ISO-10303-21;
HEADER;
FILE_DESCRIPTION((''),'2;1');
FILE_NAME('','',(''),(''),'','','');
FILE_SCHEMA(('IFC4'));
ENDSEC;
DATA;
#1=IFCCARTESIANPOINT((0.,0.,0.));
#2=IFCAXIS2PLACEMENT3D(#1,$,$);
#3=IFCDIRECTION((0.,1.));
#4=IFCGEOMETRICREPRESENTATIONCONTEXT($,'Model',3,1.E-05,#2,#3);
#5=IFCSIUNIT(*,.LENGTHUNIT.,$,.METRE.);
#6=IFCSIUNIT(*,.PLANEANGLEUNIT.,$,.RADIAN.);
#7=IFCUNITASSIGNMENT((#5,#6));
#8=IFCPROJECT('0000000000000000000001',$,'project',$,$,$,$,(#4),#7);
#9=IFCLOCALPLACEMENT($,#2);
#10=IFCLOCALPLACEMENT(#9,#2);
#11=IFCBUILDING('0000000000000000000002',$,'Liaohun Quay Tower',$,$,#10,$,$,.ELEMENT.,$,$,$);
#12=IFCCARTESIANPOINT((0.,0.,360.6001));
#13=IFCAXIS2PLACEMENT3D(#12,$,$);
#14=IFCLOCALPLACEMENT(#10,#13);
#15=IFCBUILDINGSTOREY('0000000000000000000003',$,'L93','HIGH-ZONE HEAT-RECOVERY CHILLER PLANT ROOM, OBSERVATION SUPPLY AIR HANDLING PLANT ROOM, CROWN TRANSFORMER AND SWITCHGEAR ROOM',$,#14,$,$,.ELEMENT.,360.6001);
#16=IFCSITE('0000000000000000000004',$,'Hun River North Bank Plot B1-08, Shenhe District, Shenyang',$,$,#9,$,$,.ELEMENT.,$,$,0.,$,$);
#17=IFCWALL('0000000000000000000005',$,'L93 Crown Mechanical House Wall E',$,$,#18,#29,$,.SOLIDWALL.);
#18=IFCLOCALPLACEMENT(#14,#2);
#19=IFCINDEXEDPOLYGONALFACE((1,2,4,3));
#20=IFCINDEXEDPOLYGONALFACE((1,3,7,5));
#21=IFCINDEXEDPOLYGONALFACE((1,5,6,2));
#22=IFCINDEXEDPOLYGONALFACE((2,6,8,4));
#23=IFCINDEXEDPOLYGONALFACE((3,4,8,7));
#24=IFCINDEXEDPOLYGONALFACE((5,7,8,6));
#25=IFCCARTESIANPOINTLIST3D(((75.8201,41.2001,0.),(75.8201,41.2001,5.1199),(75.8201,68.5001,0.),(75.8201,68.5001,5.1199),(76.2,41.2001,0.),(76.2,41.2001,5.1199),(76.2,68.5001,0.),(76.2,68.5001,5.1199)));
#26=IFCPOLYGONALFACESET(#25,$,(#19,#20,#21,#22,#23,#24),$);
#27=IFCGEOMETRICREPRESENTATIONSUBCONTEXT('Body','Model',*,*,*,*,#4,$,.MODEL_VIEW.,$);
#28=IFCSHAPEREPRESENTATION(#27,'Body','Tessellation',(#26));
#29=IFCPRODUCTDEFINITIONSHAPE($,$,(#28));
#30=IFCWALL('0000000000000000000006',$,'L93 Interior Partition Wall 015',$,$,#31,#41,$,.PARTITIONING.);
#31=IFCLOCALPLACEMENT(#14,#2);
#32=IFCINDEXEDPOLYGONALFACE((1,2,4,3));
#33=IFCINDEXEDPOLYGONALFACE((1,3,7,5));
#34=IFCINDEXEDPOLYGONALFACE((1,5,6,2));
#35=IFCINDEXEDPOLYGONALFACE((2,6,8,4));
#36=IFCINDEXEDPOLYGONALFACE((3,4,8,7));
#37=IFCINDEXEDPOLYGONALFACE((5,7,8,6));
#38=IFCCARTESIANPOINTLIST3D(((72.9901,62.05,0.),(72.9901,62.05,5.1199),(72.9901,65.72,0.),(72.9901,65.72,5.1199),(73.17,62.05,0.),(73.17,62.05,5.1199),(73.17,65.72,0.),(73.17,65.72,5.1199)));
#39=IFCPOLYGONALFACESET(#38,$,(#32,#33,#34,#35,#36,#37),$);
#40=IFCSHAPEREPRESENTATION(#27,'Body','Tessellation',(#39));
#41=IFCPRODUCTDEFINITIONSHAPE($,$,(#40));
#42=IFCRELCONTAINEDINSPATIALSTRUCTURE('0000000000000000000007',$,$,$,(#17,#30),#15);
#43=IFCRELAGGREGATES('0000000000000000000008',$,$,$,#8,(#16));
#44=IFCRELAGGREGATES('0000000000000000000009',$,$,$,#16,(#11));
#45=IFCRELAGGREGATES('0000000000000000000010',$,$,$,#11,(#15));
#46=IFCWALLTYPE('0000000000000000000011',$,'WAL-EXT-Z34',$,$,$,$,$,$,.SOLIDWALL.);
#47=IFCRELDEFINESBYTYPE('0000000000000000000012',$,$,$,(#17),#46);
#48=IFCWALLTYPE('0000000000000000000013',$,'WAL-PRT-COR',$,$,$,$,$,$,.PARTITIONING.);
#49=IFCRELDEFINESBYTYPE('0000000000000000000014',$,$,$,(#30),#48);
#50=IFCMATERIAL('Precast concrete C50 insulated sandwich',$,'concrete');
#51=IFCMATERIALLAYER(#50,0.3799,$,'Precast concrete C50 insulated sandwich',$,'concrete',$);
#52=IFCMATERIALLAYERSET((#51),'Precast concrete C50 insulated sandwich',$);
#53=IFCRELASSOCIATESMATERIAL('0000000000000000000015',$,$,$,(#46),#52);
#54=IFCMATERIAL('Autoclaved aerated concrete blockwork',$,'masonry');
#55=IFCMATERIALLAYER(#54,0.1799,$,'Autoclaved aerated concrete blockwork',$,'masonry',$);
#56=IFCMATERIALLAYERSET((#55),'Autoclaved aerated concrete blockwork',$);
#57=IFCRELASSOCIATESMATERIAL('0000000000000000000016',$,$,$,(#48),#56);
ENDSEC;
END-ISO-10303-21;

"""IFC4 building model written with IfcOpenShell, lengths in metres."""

from ifc_helpers import new_model, si_unit, direction, frame, frame_2d, origin, place, context, subcontext, project, spatial, rectangle, extrude, material, layer, layer_set, type_object, element, save


model = new_model("IFC4")

# Units and contexts
model_context = context("Model", 3, precision=1e-05, world=origin(), true_north=direction((0.0, 1.0)))
body_context = subcontext(model_context, "Body", "Model", "MODEL_VIEW")
ifc_project = project(units=[si_unit("LENGTHUNIT", "METRE"), si_unit("PLANEANGLEUNIT", "RADIAN")], contexts=[model_context])

# Site, building, storey
site_placement = place(None, origin())
site = spatial("IfcSite", under=ifc_project, at=site_placement, Name="Hun River North Bank Plot B1-08, Shenhe District, Shenyang", CompositionType="ELEMENT", RefElevation=0.0)
building_placement = place(site_placement, origin())
building = spatial("IfcBuilding", under=site, at=building_placement, Name="Liaohun Quay Tower", CompositionType="ELEMENT")
storey_placement = place(building_placement, frame((0.0, 0.0, 360.6001)))
storey = spatial("IfcBuildingStorey", under=building, at=storey_placement, Name="L93", Description="HIGH-ZONE HEAT-RECOVERY CHILLER PLANT ROOM, OBSERVATION SUPPLY AIR HANDLING PLANT ROOM, CROWN TRANSFORMER AND SWITCHGEAR ROOM", CompositionType="ELEMENT", Elevation=360.6001)

# Walls
ifc_material_1 = material(Name="Precast concrete C50 insulated sandwich", Category="concrete")
ifc_layer_1 = layer(ifc_material_1, 0.3799, Name="Precast concrete C50 insulated sandwich", Category="concrete")
ifc_layer_set_1 = layer_set([ifc_layer_1], Name="Precast concrete C50 insulated sandwich")
wall_type_1 = type_object("IfcWallType", Name="WAL-EXT-Z34", PredefinedType="SOLIDWALL", material=ifc_layer_set_1)
wall_1_placement = place(storey_placement, frame((76.01, 68.5, 0.0), z_axis=(0.0, 0.0, 1.0), x_axis=(0.0, -1.0, 0.0)))
element("IfcWall", 1, at=wall_1_placement, inside=storey, type_object=wall_type_1, Name="L93 Crown Mechanical House Wall E", PredefinedType="SOLIDWALL", context=body_context, shape_type="SweptSolid", body=[
    extrude(rectangle(XDim=27.3, YDim=0.3799, at=frame_2d((13.6499, 0.0))), origin(), (0.0, 0.0, 1.0), 5.1199),
])
ifc_material_2 = material(Name="Autoclaved aerated concrete blockwork", Category="masonry")
ifc_layer_2 = layer(ifc_material_2, 0.1799, Name="Autoclaved aerated concrete blockwork", Category="masonry")
ifc_layer_set_2 = layer_set([ifc_layer_2], Name="Autoclaved aerated concrete blockwork")
wall_type_2 = type_object("IfcWallType", Name="WAL-PRT-COR", PredefinedType="PARTITIONING", material=ifc_layer_set_2)
wall_2_placement = place(storey_placement, frame((73.0801, 62.05, 0.0), z_axis=(0.0, 0.0, 1.0), x_axis=(0.0, 1.0, 0.0)))
element("IfcWall", 2, at=wall_2_placement, inside=storey, type_object=wall_type_2, Name="L93 Interior Partition Wall 015", PredefinedType="PARTITIONING", context=body_context, shape_type="SweptSolid", body=[
    extrude(rectangle(XDim=3.6699, YDim=0.1799, at=frame_2d((1.835, 0.0))), origin(), (0.0, 0.0, 1.0), 5.1199),
])

save(model, "model.ifc")
